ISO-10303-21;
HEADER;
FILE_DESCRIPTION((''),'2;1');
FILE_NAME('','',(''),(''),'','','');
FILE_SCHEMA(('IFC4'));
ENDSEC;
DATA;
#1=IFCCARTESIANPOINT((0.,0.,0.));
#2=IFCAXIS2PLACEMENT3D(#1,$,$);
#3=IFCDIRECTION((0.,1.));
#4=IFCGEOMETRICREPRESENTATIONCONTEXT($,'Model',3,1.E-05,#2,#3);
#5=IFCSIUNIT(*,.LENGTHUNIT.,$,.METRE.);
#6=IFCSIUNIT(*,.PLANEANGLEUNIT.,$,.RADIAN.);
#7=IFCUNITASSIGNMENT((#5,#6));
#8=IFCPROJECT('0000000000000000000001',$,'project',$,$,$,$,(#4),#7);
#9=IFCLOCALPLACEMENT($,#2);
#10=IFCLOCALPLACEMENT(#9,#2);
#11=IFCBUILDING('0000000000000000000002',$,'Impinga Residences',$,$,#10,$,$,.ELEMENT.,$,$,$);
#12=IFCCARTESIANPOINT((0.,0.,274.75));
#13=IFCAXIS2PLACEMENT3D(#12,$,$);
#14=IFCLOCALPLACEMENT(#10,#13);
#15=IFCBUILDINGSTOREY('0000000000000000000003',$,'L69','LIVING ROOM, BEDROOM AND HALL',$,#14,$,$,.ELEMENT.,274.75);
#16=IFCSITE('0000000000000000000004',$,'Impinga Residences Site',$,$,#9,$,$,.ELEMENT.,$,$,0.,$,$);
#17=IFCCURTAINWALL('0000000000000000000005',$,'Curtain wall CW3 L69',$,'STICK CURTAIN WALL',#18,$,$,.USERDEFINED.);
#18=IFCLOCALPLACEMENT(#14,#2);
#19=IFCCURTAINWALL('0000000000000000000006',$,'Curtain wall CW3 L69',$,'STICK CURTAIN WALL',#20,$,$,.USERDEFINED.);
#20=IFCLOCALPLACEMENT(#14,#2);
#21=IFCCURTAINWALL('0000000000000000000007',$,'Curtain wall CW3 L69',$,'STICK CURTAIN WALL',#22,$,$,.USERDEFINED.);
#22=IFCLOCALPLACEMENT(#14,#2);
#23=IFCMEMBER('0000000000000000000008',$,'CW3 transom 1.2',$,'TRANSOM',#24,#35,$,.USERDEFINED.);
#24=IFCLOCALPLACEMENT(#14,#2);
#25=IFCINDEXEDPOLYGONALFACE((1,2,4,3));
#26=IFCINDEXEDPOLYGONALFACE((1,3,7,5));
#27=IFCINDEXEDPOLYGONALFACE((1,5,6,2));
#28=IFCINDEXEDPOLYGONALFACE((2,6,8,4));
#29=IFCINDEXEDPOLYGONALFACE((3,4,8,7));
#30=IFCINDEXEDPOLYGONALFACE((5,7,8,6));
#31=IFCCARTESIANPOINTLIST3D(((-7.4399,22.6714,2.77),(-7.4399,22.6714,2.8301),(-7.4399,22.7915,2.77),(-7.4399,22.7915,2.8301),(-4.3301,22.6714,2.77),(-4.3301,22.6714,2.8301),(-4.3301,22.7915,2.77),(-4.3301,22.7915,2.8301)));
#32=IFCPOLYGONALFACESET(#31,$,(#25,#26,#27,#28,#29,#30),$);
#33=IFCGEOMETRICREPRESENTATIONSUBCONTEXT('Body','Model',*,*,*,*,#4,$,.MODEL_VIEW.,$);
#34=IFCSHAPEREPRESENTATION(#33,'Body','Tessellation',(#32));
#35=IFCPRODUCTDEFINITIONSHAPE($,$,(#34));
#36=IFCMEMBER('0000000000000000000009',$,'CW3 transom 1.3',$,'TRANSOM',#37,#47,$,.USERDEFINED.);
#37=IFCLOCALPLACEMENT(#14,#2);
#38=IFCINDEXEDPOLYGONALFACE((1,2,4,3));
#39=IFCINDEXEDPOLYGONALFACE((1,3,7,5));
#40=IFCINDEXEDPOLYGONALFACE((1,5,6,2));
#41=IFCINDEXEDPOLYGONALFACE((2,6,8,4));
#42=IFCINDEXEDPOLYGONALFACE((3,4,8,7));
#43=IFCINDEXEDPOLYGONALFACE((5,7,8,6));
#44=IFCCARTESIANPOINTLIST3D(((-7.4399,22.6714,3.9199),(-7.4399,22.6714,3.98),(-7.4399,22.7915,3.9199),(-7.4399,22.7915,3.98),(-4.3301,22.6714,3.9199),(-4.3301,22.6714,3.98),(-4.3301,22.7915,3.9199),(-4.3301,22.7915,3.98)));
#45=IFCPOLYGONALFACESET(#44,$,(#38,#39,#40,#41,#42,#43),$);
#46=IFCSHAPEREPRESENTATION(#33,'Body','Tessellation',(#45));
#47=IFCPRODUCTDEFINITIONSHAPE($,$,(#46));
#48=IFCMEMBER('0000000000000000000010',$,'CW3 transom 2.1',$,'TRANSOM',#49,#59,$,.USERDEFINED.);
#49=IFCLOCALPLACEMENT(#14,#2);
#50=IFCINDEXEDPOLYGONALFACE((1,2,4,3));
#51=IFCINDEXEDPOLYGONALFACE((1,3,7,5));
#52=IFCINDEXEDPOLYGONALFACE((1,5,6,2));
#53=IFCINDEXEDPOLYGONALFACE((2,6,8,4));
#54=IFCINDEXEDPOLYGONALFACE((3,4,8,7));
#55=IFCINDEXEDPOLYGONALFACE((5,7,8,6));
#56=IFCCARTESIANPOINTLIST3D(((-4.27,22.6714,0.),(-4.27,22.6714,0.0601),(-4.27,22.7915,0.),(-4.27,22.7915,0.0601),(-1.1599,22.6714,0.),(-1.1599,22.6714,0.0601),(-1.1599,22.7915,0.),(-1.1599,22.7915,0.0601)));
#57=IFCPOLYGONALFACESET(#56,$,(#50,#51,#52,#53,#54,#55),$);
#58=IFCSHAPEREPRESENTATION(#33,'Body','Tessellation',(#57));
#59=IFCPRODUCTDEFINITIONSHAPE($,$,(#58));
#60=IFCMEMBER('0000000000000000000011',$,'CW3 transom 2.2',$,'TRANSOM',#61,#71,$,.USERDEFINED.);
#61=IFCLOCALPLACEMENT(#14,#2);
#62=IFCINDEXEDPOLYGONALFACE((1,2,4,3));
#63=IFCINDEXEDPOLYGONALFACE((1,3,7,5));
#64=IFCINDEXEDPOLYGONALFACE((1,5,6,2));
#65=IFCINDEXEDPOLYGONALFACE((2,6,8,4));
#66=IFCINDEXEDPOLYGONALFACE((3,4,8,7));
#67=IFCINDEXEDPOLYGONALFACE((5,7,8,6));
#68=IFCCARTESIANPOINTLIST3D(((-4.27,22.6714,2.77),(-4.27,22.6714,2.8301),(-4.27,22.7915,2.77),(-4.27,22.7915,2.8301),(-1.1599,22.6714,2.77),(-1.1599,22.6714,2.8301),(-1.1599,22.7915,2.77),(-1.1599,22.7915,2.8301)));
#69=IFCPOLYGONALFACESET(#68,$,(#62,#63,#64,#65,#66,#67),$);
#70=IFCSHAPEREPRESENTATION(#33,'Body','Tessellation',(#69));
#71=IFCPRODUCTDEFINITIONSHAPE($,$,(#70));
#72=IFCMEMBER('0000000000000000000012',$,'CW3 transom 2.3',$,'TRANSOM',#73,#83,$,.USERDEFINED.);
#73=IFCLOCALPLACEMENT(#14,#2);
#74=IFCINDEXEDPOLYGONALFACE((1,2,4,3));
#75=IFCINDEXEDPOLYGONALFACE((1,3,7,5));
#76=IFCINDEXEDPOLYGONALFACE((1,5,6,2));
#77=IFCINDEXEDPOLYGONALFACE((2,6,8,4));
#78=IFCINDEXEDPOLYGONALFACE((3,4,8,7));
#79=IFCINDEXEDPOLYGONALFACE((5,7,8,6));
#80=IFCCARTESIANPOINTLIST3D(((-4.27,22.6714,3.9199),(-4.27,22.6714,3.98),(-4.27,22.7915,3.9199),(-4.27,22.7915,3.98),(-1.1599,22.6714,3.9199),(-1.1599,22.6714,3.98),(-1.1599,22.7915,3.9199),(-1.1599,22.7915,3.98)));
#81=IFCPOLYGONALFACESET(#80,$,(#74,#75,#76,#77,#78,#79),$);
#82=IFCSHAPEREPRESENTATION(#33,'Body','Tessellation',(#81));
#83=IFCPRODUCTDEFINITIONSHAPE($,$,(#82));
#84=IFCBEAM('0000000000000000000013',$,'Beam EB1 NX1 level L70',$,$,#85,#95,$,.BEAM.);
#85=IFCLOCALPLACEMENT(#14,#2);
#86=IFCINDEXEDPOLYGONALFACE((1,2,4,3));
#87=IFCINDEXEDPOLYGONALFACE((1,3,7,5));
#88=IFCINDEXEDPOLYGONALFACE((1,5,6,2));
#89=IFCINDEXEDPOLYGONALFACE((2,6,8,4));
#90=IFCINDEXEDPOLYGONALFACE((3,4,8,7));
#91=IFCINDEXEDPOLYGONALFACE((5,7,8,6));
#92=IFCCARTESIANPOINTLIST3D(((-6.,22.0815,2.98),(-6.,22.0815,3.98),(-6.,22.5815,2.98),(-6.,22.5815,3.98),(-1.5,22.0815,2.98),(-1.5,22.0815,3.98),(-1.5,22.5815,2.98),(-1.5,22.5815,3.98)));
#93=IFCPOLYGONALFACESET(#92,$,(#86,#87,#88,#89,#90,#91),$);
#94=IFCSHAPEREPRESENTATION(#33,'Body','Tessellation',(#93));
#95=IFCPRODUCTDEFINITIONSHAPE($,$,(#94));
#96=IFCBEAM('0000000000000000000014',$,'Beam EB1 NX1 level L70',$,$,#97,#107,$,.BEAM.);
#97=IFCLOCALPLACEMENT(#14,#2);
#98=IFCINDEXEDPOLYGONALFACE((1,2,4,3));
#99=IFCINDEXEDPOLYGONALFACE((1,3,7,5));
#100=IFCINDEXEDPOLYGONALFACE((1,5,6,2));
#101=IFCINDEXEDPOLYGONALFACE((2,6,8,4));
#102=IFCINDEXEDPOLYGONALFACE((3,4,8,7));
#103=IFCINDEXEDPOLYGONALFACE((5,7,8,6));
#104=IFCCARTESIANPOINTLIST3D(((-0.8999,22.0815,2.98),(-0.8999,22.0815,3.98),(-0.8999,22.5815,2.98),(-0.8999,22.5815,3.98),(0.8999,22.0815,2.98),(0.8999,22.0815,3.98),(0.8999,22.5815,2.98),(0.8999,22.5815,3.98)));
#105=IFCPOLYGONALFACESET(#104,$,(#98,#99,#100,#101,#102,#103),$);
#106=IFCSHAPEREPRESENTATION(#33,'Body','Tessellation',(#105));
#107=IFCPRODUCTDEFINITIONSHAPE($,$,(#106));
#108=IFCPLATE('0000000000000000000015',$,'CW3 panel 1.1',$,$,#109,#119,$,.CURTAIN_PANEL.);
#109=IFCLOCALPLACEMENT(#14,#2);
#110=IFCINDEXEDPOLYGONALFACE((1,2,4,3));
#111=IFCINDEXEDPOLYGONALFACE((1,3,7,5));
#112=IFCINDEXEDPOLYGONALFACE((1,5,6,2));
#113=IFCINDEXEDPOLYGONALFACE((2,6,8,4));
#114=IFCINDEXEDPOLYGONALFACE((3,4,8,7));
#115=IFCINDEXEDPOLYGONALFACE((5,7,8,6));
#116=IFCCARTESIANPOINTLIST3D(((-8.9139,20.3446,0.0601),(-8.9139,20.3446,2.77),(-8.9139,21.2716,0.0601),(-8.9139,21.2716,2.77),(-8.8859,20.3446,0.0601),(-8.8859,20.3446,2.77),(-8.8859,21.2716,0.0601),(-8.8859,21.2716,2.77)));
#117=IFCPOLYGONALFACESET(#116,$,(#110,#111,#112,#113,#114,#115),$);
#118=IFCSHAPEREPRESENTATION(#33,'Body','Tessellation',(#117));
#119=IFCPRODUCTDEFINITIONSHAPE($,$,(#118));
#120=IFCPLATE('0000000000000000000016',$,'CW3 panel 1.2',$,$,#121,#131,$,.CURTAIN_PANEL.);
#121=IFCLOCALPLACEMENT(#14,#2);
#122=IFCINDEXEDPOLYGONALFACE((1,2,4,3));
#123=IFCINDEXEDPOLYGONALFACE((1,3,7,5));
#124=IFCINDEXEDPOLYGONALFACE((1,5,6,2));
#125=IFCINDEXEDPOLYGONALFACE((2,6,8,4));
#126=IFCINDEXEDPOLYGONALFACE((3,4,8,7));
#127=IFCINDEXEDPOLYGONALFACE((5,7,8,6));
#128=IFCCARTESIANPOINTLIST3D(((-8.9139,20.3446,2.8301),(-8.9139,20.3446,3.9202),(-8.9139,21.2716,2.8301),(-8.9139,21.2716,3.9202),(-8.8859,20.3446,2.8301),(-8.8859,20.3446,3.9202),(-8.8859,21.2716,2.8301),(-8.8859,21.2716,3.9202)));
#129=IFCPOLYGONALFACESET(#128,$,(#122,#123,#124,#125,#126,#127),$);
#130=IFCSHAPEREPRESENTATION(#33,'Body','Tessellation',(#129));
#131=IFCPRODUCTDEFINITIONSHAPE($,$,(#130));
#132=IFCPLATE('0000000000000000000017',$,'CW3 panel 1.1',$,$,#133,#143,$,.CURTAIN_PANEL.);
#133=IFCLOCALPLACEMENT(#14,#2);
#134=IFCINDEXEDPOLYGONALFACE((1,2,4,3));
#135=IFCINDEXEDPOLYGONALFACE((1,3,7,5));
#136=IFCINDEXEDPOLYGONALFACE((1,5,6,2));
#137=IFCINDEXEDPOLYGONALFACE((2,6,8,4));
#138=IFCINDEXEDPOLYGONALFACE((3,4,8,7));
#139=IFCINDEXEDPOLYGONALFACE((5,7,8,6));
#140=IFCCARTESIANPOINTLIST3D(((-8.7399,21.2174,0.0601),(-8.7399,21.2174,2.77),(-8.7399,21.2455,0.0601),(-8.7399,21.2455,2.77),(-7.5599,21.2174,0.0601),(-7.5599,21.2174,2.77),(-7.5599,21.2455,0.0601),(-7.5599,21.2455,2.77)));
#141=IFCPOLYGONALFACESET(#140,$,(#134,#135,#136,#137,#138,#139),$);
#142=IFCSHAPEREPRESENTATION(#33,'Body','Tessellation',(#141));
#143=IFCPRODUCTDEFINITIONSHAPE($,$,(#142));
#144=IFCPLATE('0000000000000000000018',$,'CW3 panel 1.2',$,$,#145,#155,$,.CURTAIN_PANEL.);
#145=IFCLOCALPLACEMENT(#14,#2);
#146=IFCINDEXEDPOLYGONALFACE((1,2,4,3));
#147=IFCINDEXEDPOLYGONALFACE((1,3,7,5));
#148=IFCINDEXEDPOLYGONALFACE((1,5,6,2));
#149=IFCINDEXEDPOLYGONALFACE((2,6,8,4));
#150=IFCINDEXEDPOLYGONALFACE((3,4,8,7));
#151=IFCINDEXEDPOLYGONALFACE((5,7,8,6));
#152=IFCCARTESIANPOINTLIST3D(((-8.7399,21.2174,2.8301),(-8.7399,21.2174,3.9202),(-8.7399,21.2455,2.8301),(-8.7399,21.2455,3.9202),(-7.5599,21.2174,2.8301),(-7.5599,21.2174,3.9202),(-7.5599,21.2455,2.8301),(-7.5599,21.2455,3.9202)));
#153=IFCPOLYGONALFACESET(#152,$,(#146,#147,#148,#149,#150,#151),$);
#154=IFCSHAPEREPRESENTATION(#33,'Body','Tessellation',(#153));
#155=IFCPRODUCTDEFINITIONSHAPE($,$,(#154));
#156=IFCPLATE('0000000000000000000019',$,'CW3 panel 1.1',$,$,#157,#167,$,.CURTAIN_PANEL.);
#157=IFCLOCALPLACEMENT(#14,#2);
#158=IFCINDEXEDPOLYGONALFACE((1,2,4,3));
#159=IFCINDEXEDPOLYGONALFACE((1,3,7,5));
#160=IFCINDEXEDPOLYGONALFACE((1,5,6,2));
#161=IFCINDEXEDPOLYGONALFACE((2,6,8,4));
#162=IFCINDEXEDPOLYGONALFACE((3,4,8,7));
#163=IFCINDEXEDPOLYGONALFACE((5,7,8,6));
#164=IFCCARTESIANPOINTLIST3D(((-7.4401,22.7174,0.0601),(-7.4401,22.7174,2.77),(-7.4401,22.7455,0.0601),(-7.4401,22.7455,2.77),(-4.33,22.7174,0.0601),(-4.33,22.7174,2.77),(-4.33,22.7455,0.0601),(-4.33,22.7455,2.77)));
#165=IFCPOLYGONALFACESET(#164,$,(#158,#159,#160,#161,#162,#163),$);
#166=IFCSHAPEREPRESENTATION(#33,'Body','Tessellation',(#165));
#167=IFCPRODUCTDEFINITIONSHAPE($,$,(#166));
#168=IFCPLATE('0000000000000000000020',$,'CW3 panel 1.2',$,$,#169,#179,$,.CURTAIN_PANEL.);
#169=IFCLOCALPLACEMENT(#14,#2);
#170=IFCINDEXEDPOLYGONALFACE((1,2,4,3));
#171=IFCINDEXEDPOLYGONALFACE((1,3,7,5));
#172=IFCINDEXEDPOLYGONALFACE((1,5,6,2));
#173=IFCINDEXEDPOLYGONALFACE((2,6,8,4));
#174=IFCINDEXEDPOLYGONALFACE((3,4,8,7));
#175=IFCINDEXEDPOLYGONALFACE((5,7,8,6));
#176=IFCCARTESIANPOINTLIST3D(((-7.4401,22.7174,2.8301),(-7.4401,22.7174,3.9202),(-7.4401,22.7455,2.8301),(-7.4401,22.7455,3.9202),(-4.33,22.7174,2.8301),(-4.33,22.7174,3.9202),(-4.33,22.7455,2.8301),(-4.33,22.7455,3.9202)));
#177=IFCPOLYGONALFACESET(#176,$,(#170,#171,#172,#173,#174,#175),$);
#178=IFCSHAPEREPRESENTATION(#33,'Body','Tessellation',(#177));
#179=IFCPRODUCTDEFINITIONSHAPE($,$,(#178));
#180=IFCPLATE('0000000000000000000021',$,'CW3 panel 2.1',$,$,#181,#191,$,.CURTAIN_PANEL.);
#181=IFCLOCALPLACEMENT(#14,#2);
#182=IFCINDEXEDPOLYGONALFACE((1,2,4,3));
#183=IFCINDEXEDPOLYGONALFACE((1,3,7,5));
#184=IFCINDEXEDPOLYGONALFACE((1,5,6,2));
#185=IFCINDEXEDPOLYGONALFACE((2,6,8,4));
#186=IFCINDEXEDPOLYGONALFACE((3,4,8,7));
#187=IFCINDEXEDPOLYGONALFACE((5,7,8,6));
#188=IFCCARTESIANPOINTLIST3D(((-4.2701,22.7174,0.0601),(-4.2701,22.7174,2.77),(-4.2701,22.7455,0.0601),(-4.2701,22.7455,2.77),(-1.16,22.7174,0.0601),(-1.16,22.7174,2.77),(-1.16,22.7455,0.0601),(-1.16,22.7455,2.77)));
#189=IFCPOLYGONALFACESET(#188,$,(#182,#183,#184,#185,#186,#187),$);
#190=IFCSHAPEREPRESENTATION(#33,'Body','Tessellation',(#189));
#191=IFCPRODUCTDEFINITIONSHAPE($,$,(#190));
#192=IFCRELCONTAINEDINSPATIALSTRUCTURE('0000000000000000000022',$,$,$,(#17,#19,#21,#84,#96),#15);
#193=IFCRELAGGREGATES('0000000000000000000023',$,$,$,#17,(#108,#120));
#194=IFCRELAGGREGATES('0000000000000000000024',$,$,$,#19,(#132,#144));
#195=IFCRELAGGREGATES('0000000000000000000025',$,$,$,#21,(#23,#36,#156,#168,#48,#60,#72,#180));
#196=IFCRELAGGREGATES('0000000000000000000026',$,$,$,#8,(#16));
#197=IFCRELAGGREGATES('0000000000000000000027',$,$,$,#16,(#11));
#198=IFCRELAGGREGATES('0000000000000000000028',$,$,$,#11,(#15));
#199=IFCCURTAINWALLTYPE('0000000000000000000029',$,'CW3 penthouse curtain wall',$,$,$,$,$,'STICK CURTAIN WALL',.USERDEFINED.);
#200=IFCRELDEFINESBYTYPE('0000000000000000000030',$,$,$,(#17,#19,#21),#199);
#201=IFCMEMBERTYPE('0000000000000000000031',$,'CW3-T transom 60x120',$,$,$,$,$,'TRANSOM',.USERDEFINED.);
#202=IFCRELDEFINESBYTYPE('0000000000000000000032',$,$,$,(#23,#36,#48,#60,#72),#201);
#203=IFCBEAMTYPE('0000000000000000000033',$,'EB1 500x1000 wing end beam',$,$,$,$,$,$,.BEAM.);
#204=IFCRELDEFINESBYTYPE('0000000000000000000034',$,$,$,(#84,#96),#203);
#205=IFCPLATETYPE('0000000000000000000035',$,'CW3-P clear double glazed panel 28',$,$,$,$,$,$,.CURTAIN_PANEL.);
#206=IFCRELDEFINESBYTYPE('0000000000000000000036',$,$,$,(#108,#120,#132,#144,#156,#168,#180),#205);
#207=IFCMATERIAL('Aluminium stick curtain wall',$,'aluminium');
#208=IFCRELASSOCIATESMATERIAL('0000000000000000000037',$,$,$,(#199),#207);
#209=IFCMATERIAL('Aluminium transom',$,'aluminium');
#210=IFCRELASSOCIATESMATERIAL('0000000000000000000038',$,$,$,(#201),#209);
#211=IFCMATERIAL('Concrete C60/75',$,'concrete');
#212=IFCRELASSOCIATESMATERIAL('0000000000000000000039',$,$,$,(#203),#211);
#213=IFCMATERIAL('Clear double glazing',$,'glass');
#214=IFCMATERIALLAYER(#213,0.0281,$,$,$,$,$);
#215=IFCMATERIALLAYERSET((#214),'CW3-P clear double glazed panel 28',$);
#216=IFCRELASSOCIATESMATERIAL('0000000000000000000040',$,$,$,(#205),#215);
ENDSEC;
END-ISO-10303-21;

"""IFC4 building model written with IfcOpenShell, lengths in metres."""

from ifc_helpers import new_model, si_unit, direction, frame, origin, origin_2d, place, context, subcontext, project, spatial, rectangle, extrude, material, layer, layer_set, material_profile, profile_set, type_object, element, aggregate, save


model = new_model("IFC4")

# Units and contexts
model_context = context("Model", 3, precision=1e-05, world=origin(), true_north=direction((0.0, 1.0)))
body_context = subcontext(model_context, "Body", "Model", "MODEL_VIEW")
ifc_project = project(units=[si_unit("LENGTHUNIT", "METRE"), si_unit("PLANEANGLEUNIT", "RADIAN")], contexts=[model_context])

# Site, building, storey
site_placement = place(None, origin())
site = spatial("IfcSite", under=ifc_project, at=site_placement, Name="Impinga Residences Site", CompositionType="ELEMENT", RefElevation=0.0)
building_placement = place(site_placement, origin())
building = spatial("IfcBuilding", under=site, at=building_placement, Name="Impinga Residences", CompositionType="ELEMENT")
storey_placement = place(building_placement, frame((0.0, 0.0, 274.75)))
storey = spatial("IfcBuildingStorey", under=building, at=storey_placement, Name="L69", Description="LIVING ROOM, BEDROOM AND HALL", CompositionType="ELEMENT", Elevation=274.75)

# Shared definitions
ifc_material_1 = material(Name="Concrete C60/75", Category="concrete")

# Curtain wall
ifc_material_2 = material(Name="Aluminium stick curtain wall", Category="aluminium")
curtain_wall_type = type_object("IfcCurtainWallType", Name="CW3 penthouse curtain wall", ElementType="STICK CURTAIN WALL", PredefinedType="USERDEFINED", material=ifc_material_2)
curtain_wall_1_placement = place(storey_placement, origin())
curtain_wall_1 = element("IfcCurtainWall", 1, at=curtain_wall_1_placement, inside=storey, type_object=curtain_wall_type, Name="Curtain wall CW3 L69", ObjectType="STICK CURTAIN WALL", PredefinedType="USERDEFINED")

# Curtain walls
curtain_wall_2_placement = place(storey_placement, origin())
curtain_wall_2 = element("IfcCurtainWall", 2, at=curtain_wall_2_placement, inside=storey, type_object=curtain_wall_type, Name="Curtain wall CW3 L69", ObjectType="STICK CURTAIN WALL", PredefinedType="USERDEFINED")
curtain_wall_3_placement = place(storey_placement, origin())
curtain_wall_3 = element("IfcCurtainWall", 3, at=curtain_wall_3_placement, inside=storey, type_object=curtain_wall_type, Name="Curtain wall CW3 L69", ObjectType="STICK CURTAIN WALL", PredefinedType="USERDEFINED")

# Members
ifc_material_3 = material(Name="Aluminium transom", Category="aluminium")
ifc_material_profile_1 = material_profile(ifc_material_3, rectangle(XDim=0.0601, YDim=0.1201, at=origin_2d()), Name="60x120 transom")
ifc_profile_set_1 = profile_set([ifc_material_profile_1], Name="Aluminium transom")
member_type_1 = type_object("IfcMemberType", Name="CW3-T transom 60x120", ElementType="TRANSOM", PredefinedType="USERDEFINED", material=ifc_profile_set_1)
member_1_placement = place(storey_placement, frame((-7.4399, 22.7314, 2.8), z_axis=(1.0, 0.0, 0.0), x_axis=(0.0, 0.0, 1.0)))
member_1 = element("IfcMember", 4, at=member_1_placement, type_object=member_type_1, Name="CW3 transom 1.2", ObjectType="TRANSOM", PredefinedType="USERDEFINED", context=body_context, shape_type="SweptSolid", body=[
    extrude(rectangle(XDim=0.0601, YDim=0.1201, at=origin_2d()), origin(), (0.0, 0.0, 1.0), 3.1099),
])
member_2_placement = place(storey_placement, frame((-7.4399, 22.7314, 3.95), z_axis=(1.0, 0.0, 0.0), x_axis=(0.0, 0.0, 1.0)))
member_2 = element("IfcMember", 5, at=member_2_placement, type_object=member_type_1, Name="CW3 transom 1.3", ObjectType="TRANSOM", PredefinedType="USERDEFINED", context=body_context, shape_type="SweptSolid", body=[
    extrude(rectangle(XDim=0.0601, YDim=0.1201, at=origin_2d()), origin(), (0.0, 0.0, 1.0), 3.1099),
])
member_3_placement = place(storey_placement, frame((-4.27, 22.7314, 0.03), z_axis=(1.0, 0.0, 0.0), x_axis=(0.0, 0.0, 1.0)))
member_3 = element("IfcMember", 6, at=member_3_placement, type_object=member_type_1, Name="CW3 transom 2.1", ObjectType="TRANSOM", PredefinedType="USERDEFINED", context=body_context, shape_type="SweptSolid", body=[
    extrude(rectangle(XDim=0.0601, YDim=0.1201, at=origin_2d()), origin(), (0.0, 0.0, 1.0), 3.1101),
])
member_4_placement = place(storey_placement, frame((-4.27, 22.7314, 2.8), z_axis=(1.0, 0.0, 0.0), x_axis=(0.0, 0.0, 1.0)))
member_4 = element("IfcMember", 7, at=member_4_placement, type_object=member_type_1, Name="CW3 transom 2.2", ObjectType="TRANSOM", PredefinedType="USERDEFINED", context=body_context, shape_type="SweptSolid", body=[
    extrude(rectangle(XDim=0.0601, YDim=0.1201, at=origin_2d()), origin(), (0.0, 0.0, 1.0), 3.1101),
])
member_5_placement = place(storey_placement, frame((-4.27, 22.7314, 3.95), z_axis=(1.0, 0.0, 0.0), x_axis=(0.0, 0.0, 1.0)))
member_5 = element("IfcMember", 8, at=member_5_placement, type_object=member_type_1, Name="CW3 transom 2.3", ObjectType="TRANSOM", PredefinedType="USERDEFINED", context=body_context, shape_type="SweptSolid", body=[
    extrude(rectangle(XDim=0.0601, YDim=0.1201, at=origin_2d()), origin(), (0.0, 0.0, 1.0), 3.1101),
])

# Beams
ifc_material_profile_2 = material_profile(ifc_material_1, rectangle(XDim=0.5, YDim=1.0, at=origin_2d()), Name="RC 500x1000")
ifc_profile_set_2 = profile_set([ifc_material_profile_2], Name="Concrete C60/75")
beam_type_1 = type_object("IfcBeamType", Name="EB1 500x1000 wing end beam", PredefinedType="BEAM", material=ifc_profile_set_2)
beam_1_placement = place(storey_placement, frame((-6.0, 22.3315, 3.48), z_axis=(1.0, 0.0, 0.0), x_axis=(0.0, 1.0, 0.0)))
element("IfcBeam", 9, at=beam_1_placement, inside=storey, type_object=beam_type_1, Name="Beam EB1 NX1 level L70", PredefinedType="BEAM", context=body_context, shape_type="SweptSolid", body=[
    extrude(rectangle(XDim=0.5, YDim=1.0, at=origin_2d()), origin(), (0.0, 0.0, 1.0), 4.5),
])
beam_2_placement = place(storey_placement, frame((-0.8999, 22.3315, 3.48), z_axis=(1.0, 0.0, 0.0), x_axis=(0.0, 1.0, 0.0)))
element("IfcBeam", 10, at=beam_2_placement, inside=storey, type_object=beam_type_1, Name="Beam EB1 NX1 level L70", PredefinedType="BEAM", context=body_context, shape_type="SweptSolid", body=[
    extrude(rectangle(XDim=0.5, YDim=1.0, at=origin_2d()), origin(), (0.0, 0.0, 1.0), 1.7998),
])

# Plates
ifc_material_4 = material(Name="Clear double glazing", Category="glass")
ifc_layer_1 = layer(ifc_material_4, 0.0281)
ifc_layer_set_1 = layer_set([ifc_layer_1], Name="CW3-P clear double glazed panel 28")
plate_type = type_object("IfcPlateType", Name="CW3-P clear double glazed panel 28", PredefinedType="CURTAIN_PANEL", material=ifc_layer_set_1)
plate_1_placement = place(storey_placement, frame((-8.8999, 20.8081, 0.0601), z_axis=(0.0, 0.0, 1.0), x_axis=(0.0, 1.0, 0.0)))
plate_1 = element("IfcPlate", 11, at=plate_1_placement, type_object=plate_type, Name="CW3 panel 1.1", PredefinedType="CURTAIN_PANEL", context=body_context, shape_type="SweptSolid", body=[
    extrude(rectangle(XDim=0.927, YDim=0.0281, at=origin_2d()), origin(), (0.0, 0.0, 1.0), 2.71),
])
plate_2_placement = place(storey_placement, frame((-8.8999, 20.8081, 2.8301), z_axis=(0.0, 0.0, 1.0), x_axis=(0.0, 1.0, 0.0)))
plate_2 = element("IfcPlate", 12, at=plate_2_placement, type_object=plate_type, Name="CW3 panel 1.2", PredefinedType="CURTAIN_PANEL", context=body_context, shape_type="SweptSolid", body=[
    extrude(rectangle(XDim=0.927, YDim=0.0281, at=origin_2d()), origin(), (0.0, 0.0, 1.0), 1.0901),
])
aggregate(curtain_wall_1, [plate_1, plate_2])
plate_3_placement = place(storey_placement, frame((-8.1499, 21.2314, 0.0601), z_axis=(0.0, 0.0, 1.0), x_axis=(1.0, 0.0, 0.0)))
plate_3 = element("IfcPlate", 13, at=plate_3_placement, type_object=plate_type, Name="CW3 panel 1.1", PredefinedType="CURTAIN_PANEL", context=body_context, shape_type="SweptSolid", body=[
    extrude(rectangle(XDim=1.1799, YDim=0.0281, at=origin_2d()), origin(), (0.0, 0.0, 1.0), 2.71),
])
plate_4_placement = place(storey_placement, frame((-8.1499, 21.2314, 2.8301), z_axis=(0.0, 0.0, 1.0), x_axis=(1.0, 0.0, 0.0)))
plate_4 = element("IfcPlate", 14, at=plate_4_placement, type_object=plate_type, Name="CW3 panel 1.2", PredefinedType="CURTAIN_PANEL", context=body_context, shape_type="SweptSolid", body=[
    extrude(rectangle(XDim=1.1799, YDim=0.0281, at=origin_2d()), origin(), (0.0, 0.0, 1.0), 1.0901),
])
aggregate(curtain_wall_2, [plate_3, plate_4])
plate_5_placement = place(storey_placement, frame((-5.885, 22.7314, 0.0601), z_axis=(0.0, 0.0, 1.0), x_axis=(1.0, 0.0, 0.0)))
plate_5 = element("IfcPlate", 15, at=plate_5_placement, type_object=plate_type, Name="CW3 panel 1.1", PredefinedType="CURTAIN_PANEL", context=body_context, shape_type="SweptSolid", body=[
    extrude(rectangle(XDim=3.1101, YDim=0.0281, at=origin_2d()), origin(), (0.0, 0.0, 1.0), 2.71),
])
plate_6_placement = place(storey_placement, frame((-5.885, 22.7314, 2.8301), z_axis=(0.0, 0.0, 1.0), x_axis=(1.0, 0.0, 0.0)))
plate_6 = element("IfcPlate", 16, at=plate_6_placement, type_object=plate_type, Name="CW3 panel 1.2", PredefinedType="CURTAIN_PANEL", context=body_context, shape_type="SweptSolid", body=[
    extrude(rectangle(XDim=3.1101, YDim=0.0281, at=origin_2d()), origin(), (0.0, 0.0, 1.0), 1.0901),
])
plate_7_placement = place(storey_placement, frame((-2.7151, 22.7314, 0.0601), z_axis=(0.0, 0.0, 1.0), x_axis=(1.0, 0.0, 0.0)))
plate_7 = element("IfcPlate", 17, at=plate_7_placement, type_object=plate_type, Name="CW3 panel 2.1", PredefinedType="CURTAIN_PANEL", context=body_context, shape_type="SweptSolid", body=[
    extrude(rectangle(XDim=3.1101, YDim=0.0281, at=origin_2d()), origin(), (0.0, 0.0, 1.0), 2.71),
])
aggregate(curtain_wall_3, [member_1, member_2, plate_5, plate_6, member_3, member_4, member_5, plate_7])

save(model, "model.ifc")
